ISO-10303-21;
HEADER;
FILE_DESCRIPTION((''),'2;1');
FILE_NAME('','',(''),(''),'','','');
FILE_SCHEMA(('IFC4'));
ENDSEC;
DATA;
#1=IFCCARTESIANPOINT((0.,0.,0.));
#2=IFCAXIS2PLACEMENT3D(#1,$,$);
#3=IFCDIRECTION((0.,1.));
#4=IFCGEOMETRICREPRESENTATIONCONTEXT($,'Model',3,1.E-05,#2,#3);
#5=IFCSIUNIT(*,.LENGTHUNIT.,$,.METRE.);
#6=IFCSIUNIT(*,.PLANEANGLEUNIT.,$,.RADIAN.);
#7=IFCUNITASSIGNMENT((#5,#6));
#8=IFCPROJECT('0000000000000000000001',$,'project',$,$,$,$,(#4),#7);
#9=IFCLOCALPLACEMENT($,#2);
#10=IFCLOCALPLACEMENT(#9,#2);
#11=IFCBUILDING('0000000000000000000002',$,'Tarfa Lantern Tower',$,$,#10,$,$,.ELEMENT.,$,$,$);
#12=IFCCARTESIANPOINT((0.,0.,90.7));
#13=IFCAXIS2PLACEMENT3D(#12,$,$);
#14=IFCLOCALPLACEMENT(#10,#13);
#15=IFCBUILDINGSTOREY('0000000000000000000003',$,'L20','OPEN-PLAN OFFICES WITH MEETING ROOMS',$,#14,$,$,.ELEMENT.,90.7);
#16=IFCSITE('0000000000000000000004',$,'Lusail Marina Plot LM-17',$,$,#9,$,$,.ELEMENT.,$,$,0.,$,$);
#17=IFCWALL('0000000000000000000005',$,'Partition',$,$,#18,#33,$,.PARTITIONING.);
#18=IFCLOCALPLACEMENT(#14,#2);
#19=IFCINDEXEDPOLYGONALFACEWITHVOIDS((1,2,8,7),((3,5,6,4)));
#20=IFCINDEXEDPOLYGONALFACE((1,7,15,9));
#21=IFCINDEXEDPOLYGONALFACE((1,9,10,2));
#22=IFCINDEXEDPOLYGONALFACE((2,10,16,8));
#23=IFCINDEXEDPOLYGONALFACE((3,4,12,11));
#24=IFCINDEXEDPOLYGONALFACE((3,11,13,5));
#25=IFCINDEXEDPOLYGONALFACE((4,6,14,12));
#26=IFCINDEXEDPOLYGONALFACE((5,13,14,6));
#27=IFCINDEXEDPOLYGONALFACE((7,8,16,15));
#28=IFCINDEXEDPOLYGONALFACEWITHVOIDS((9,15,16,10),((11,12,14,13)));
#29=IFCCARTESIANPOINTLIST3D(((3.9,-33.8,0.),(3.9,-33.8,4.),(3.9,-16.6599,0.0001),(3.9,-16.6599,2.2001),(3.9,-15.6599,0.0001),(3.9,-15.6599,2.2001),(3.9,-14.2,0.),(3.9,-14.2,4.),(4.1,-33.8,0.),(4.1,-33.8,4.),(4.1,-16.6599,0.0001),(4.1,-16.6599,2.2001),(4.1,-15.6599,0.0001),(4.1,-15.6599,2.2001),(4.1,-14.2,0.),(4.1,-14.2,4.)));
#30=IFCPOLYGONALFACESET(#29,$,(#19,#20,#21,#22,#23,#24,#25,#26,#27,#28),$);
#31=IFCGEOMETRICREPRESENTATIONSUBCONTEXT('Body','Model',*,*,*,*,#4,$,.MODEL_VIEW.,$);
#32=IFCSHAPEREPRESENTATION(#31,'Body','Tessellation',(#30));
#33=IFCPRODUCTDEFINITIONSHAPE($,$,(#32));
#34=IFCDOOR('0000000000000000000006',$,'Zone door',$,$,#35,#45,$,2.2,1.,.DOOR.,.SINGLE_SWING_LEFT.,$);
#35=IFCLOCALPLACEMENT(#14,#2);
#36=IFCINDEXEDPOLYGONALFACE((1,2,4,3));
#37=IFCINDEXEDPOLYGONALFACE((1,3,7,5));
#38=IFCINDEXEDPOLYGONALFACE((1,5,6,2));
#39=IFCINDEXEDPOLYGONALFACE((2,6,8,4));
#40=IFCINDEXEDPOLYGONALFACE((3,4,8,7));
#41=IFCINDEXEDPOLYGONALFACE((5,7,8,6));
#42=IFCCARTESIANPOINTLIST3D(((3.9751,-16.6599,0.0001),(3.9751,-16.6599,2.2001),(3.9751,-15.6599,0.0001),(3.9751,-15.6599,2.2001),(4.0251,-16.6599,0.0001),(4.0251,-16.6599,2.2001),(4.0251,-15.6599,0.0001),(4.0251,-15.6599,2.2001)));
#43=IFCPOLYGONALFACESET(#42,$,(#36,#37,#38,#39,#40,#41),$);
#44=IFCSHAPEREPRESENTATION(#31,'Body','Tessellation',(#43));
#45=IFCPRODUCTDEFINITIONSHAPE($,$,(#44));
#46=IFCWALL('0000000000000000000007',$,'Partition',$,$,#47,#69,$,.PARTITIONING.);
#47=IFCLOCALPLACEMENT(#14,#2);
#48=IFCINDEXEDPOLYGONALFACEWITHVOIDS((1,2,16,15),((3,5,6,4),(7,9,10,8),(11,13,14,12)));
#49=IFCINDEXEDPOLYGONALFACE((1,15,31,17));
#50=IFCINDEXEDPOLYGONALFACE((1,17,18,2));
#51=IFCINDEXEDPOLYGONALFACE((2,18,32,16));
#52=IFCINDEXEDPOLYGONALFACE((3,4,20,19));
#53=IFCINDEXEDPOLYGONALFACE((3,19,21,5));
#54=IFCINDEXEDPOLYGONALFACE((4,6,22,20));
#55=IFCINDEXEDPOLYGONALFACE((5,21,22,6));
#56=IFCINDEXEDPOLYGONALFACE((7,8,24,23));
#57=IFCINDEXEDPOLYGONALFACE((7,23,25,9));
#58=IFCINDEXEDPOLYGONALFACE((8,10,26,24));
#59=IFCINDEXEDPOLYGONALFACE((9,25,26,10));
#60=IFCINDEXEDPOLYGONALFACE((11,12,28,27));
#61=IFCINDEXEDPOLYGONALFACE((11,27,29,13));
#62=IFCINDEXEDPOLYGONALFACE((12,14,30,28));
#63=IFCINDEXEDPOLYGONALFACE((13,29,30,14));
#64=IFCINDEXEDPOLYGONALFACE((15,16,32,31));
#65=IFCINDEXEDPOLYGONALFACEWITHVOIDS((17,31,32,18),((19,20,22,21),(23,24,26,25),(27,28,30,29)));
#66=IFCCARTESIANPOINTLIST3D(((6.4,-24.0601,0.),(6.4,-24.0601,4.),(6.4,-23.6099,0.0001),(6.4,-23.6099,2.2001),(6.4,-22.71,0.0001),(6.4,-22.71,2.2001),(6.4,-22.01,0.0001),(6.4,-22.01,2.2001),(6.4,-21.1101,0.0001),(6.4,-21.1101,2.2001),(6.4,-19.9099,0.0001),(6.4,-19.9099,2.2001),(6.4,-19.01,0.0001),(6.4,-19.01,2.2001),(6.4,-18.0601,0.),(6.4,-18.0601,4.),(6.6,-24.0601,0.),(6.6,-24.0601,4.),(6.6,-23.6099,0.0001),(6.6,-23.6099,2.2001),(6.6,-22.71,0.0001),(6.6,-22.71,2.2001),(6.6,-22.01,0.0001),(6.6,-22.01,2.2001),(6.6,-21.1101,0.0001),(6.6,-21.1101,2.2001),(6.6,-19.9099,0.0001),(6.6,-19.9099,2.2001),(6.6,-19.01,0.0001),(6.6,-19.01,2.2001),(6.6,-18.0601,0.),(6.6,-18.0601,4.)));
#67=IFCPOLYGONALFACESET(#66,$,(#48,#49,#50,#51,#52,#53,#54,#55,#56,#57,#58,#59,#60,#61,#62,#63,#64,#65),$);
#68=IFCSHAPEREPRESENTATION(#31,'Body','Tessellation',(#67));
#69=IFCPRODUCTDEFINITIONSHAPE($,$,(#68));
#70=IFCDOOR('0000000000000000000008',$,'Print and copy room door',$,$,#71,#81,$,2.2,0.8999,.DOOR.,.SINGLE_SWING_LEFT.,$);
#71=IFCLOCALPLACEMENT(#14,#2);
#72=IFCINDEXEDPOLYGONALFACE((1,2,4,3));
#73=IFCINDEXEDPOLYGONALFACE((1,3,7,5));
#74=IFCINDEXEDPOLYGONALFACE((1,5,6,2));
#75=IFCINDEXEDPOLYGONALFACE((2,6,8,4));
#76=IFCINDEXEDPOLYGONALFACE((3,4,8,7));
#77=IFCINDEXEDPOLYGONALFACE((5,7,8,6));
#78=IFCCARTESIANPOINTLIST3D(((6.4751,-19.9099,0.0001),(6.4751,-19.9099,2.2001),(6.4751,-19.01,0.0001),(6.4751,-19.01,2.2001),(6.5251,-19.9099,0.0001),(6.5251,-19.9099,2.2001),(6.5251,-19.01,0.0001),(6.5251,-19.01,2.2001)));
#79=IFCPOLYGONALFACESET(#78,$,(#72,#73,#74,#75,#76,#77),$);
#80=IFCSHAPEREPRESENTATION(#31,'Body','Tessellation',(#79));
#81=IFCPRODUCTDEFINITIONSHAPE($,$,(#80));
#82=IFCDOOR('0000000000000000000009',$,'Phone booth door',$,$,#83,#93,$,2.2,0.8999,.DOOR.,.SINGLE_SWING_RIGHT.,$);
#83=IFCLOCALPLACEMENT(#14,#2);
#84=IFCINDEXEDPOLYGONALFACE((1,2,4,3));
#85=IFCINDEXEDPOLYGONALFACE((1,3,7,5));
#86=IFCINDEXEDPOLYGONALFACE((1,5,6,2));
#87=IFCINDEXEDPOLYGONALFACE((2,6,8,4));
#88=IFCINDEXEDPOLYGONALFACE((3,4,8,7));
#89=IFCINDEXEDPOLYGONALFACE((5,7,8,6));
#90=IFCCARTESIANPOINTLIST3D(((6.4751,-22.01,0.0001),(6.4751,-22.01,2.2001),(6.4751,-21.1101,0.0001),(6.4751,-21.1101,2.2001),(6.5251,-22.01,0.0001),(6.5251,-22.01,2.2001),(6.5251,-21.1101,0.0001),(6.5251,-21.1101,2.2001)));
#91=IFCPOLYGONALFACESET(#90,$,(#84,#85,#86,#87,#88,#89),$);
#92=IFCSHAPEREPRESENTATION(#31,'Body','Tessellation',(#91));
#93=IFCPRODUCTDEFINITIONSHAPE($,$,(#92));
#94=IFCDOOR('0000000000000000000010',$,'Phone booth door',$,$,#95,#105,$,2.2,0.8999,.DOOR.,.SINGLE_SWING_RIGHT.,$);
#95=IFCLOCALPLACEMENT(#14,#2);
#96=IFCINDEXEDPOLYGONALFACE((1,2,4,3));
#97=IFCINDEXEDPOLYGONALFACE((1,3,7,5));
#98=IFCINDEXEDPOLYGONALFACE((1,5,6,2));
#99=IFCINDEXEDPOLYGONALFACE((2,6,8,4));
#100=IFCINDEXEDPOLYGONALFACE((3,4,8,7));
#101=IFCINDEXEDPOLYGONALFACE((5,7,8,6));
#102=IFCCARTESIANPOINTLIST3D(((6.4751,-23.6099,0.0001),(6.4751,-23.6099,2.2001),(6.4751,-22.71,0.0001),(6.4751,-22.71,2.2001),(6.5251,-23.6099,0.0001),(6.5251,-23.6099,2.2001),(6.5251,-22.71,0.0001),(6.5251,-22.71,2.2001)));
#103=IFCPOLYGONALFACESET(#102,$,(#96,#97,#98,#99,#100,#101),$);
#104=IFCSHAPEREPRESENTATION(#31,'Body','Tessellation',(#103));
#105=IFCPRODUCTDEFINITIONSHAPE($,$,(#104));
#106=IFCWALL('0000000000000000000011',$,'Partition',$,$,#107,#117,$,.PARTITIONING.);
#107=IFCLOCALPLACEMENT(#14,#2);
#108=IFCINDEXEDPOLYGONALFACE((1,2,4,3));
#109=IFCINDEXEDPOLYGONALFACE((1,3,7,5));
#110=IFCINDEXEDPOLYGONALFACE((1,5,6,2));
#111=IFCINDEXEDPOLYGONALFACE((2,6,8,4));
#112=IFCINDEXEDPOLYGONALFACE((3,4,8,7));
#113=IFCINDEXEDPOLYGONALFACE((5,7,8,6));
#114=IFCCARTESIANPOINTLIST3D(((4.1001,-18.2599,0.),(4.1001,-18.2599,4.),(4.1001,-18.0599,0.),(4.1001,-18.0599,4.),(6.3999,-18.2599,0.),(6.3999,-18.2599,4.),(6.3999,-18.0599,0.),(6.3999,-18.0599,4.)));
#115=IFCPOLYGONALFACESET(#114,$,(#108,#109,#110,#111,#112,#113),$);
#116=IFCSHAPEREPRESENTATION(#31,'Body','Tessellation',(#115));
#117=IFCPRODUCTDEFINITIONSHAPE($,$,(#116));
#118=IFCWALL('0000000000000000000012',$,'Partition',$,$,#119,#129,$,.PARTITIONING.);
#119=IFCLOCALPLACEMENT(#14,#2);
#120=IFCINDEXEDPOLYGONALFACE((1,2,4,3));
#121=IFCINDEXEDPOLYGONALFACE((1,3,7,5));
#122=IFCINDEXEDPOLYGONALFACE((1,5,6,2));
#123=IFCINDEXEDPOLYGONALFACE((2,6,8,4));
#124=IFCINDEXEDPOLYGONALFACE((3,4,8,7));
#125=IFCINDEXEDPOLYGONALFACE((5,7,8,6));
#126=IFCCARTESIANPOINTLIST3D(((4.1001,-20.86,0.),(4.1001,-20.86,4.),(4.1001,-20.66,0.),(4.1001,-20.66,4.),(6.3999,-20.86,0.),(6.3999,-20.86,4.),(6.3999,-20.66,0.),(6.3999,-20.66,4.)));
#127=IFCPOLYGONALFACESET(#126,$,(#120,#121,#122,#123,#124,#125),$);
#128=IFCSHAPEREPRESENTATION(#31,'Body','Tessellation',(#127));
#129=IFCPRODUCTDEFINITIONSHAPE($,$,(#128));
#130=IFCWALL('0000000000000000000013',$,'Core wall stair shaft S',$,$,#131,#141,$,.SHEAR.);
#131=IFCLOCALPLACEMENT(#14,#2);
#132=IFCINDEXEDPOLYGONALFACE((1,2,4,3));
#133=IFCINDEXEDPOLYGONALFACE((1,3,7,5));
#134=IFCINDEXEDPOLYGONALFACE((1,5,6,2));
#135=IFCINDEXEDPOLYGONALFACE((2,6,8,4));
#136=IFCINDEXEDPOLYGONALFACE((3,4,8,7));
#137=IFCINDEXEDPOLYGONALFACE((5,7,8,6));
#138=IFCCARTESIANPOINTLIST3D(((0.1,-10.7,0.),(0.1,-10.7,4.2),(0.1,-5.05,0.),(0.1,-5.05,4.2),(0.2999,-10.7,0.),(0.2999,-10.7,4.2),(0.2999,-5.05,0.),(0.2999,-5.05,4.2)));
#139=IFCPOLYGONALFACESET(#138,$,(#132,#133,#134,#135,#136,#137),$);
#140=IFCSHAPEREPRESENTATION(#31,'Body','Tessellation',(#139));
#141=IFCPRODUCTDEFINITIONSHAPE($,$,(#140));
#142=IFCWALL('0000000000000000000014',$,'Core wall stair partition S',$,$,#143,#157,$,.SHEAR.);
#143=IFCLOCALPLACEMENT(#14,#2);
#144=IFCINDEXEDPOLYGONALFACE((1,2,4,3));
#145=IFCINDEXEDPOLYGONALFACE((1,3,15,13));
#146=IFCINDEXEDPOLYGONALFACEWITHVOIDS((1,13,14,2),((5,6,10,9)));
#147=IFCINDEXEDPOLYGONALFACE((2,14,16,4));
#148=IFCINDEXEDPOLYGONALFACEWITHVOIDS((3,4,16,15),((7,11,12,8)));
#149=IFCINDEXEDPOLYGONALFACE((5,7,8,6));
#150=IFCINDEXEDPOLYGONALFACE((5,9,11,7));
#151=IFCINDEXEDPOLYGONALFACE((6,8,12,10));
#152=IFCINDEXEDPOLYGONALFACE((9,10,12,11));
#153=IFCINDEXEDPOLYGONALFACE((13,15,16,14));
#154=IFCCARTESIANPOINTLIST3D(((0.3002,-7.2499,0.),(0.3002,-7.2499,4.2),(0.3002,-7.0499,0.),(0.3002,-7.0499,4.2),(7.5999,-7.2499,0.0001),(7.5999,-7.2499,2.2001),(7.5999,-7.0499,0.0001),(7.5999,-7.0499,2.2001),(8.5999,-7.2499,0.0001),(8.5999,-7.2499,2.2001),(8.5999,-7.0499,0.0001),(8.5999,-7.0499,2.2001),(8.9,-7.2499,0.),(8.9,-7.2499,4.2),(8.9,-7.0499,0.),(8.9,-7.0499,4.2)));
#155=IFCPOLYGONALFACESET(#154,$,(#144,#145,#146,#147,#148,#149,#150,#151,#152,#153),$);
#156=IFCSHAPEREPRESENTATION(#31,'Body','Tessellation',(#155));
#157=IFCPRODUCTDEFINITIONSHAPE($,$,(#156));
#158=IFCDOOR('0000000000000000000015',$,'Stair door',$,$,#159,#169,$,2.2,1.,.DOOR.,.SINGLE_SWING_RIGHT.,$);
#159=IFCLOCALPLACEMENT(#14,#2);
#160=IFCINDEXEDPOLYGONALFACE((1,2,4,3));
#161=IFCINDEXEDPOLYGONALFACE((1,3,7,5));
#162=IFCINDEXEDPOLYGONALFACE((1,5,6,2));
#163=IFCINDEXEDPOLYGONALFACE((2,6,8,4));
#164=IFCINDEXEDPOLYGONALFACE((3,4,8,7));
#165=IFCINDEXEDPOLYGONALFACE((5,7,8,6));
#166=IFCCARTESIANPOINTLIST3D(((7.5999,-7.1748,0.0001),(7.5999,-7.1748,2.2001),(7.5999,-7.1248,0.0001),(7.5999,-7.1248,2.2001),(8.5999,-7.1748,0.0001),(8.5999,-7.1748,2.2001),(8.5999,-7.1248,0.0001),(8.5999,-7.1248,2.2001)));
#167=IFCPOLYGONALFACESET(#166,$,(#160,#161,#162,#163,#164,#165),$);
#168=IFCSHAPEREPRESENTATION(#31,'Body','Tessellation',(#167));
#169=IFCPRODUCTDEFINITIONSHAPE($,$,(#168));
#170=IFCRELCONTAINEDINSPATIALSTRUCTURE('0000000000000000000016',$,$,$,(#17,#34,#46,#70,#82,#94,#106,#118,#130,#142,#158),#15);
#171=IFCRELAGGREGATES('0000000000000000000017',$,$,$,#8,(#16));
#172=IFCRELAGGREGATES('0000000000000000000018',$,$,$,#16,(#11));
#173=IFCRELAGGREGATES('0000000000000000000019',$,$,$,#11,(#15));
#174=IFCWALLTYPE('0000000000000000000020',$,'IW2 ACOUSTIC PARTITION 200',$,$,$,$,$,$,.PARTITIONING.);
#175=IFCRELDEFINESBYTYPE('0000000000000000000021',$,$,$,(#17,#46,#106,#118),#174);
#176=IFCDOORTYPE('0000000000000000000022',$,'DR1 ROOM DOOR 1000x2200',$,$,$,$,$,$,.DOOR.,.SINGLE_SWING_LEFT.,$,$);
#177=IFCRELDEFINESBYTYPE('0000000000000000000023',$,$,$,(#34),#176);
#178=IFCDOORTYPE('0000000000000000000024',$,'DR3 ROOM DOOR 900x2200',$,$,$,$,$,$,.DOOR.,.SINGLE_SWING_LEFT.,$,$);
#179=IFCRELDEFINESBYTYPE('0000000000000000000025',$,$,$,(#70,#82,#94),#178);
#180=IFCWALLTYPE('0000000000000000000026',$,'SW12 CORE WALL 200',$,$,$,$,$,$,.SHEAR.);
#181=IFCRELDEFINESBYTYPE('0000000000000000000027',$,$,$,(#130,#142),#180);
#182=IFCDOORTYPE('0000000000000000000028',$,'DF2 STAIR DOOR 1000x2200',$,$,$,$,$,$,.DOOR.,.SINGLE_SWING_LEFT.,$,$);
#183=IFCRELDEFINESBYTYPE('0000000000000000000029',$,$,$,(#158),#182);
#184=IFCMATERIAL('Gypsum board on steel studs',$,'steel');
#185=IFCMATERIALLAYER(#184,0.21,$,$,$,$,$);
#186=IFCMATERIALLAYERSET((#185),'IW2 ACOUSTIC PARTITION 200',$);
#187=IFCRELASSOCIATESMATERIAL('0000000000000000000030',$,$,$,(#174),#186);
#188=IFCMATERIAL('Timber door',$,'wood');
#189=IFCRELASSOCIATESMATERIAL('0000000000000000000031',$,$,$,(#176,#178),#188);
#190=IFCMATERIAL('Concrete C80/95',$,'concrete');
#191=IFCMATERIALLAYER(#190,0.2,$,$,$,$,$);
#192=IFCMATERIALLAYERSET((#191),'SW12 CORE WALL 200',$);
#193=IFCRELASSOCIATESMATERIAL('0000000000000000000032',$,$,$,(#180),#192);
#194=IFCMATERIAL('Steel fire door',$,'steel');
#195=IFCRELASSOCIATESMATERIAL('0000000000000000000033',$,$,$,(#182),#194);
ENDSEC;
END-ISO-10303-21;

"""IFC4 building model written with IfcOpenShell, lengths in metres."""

from ifc_helpers import new_model, si_unit, direction, frame, frame_2d, origin, place, context, subcontext, project, spatial, rectangle, extrude, material, layer, layer_set, type_object, element, fill, save


model = new_model("IFC4")

# Units and contexts
model_context = context("Model", 3, precision=1e-05, world=origin(), true_north=direction((0.0, 1.0)))
body_context = subcontext(model_context, "Body", "Model", "MODEL_VIEW")
ifc_project = project(units=[si_unit("LENGTHUNIT", "METRE"), si_unit("PLANEANGLEUNIT", "RADIAN")], contexts=[model_context])

# Site, building, storey
site_placement = place(None, origin())
site = spatial("IfcSite", under=ifc_project, at=site_placement, Name="Lusail Marina Plot LM-17", CompositionType="ELEMENT", RefElevation=0.0)
building_placement = place(site_placement, origin())
building = spatial("IfcBuilding", under=site, at=building_placement, Name="Tarfa Lantern Tower", CompositionType="ELEMENT")
storey_placement = place(building_placement, frame((0.0, 0.0, 90.7)))
storey = spatial("IfcBuildingStorey", under=building, at=storey_placement, Name="L20", Description="OPEN-PLAN OFFICES WITH MEETING ROOMS", CompositionType="ELEMENT", Elevation=90.7)

# Wall, opening, door
ifc_material_1 = material(Name="Gypsum board on steel studs", Category="steel")
ifc_layer_1 = layer(ifc_material_1, 0.21)
ifc_layer_set_1 = layer_set([ifc_layer_1], Name="IW2 ACOUSTIC PARTITION 200")
wall_type_1 = type_object("IfcWallType", Name="IW2 ACOUSTIC PARTITION 200", PredefinedType="PARTITIONING", material=ifc_layer_set_1)
wall_1_placement = place(storey_placement, frame((4.0, -14.2, 0.0), z_axis=(0.0, 0.0, 1.0), x_axis=(0.0, -1.0, 0.0)))
wall_1 = element("IfcWall", 1, at=wall_1_placement, inside=storey, type_object=wall_type_1, Name="Partition", PredefinedType="PARTITIONING", context=body_context, shape_type="SweptSolid", body=[
    extrude(rectangle(XDim=19.6001, YDim=0.2, at=frame_2d((9.8, 0.0))), origin(), (0.0, 0.0, 1.0), 4.0),
])
opening_1_placement = place(wall_1_placement, frame((1.46, 0.0, 0.0)))
opening_1 = element("IfcOpeningElement", 2, at=opening_1_placement, cuts=wall_1, PredefinedType="OPENING", context=body_context, shape_type="SweptSolid", body=[
    extrude(rectangle(XDim=1.0, YDim=2.2, at=frame_2d((0.5, 1.1001))), frame((0.0, 0.1099, 0.0), z_axis=(0.0, -1.0, 0.0), x_axis=(1.0, 0.0, 0.0)), (0.0, 0.0, 1.0), 0.22),
])
ifc_material_2 = material(Name="Timber door", Category="wood")
door_type_1 = type_object("IfcDoorType", Name="DR1 ROOM DOOR 1000x2200", OperationType="SINGLE_SWING_LEFT", PredefinedType="DOOR", material=ifc_material_2)
door_1_placement = place(opening_1_placement, frame((1.0, 0.0, 0.0), z_axis=(0.0, 0.0, 1.0), x_axis=(-1.0, 0.0, 0.0)))
door_1 = element("IfcDoor", 3, at=door_1_placement, inside=storey, type_object=door_type_1, Name="Zone door", OperationType="SINGLE_SWING_LEFT", OverallHeight=2.2, OverallWidth=1.0, PredefinedType="DOOR", context=body_context, shape_type="SweptSolid", body=[
    extrude(rectangle(XDim=1.0, YDim=2.2, at=frame_2d((0.5, 1.1001))), frame((0.0, 0.0249, 0.0), z_axis=(0.0, -1.0, 0.0), x_axis=(1.0, 0.0, 0.0)), (0.0, 0.0, 1.0), 0.05),
])
fill(opening_1, door_1)

# Wall, openings, doors
wall_2_placement = place(storey_placement, frame((6.5, -18.0601, 0.0), z_axis=(0.0, 0.0, 1.0), x_axis=(0.0, -1.0, 0.0)))
wall_2 = element("IfcWall", 4, at=wall_2_placement, inside=storey, type_object=wall_type_1, Name="Partition", PredefinedType="PARTITIONING", context=body_context, shape_type="SweptSolid", body=[
    extrude(rectangle(XDim=6.0, YDim=0.2, at=frame_2d((3.0, 0.0))), origin(), (0.0, 0.0, 1.0), 4.0),
])
opening_2_placement = place(wall_2_placement, frame((0.95, 0.0, 0.0)))
opening_2 = element("IfcOpeningElement", 5, at=opening_2_placement, cuts=wall_2, PredefinedType="OPENING", context=body_context, shape_type="SweptSolid", body=[
    extrude(rectangle(XDim=0.8999, YDim=2.2, at=frame_2d((0.45, 1.1001))), frame((0.0, 0.1099, 0.0), z_axis=(0.0, -1.0, 0.0), x_axis=(1.0, 0.0, 0.0)), (0.0, 0.0, 1.0), 0.22),
])
opening_3_placement = place(wall_2_placement, frame((3.05, 0.0, 0.0)))
opening_3 = element("IfcOpeningElement", 6, at=opening_3_placement, cuts=wall_2, PredefinedType="OPENING", context=body_context, shape_type="SweptSolid", body=[
    extrude(rectangle(XDim=0.8999, YDim=2.2, at=frame_2d((0.45, 1.1001))), frame((0.0, 0.1099, 0.0), z_axis=(0.0, -1.0, 0.0), x_axis=(1.0, 0.0, 0.0)), (0.0, 0.0, 1.0), 0.22),
])
opening_4_placement = place(wall_2_placement, frame((4.6499, 0.0, 0.0)))
opening_4 = element("IfcOpeningElement", 7, at=opening_4_placement, cuts=wall_2, PredefinedType="OPENING", context=body_context, shape_type="SweptSolid", body=[
    extrude(rectangle(XDim=0.8999, YDim=2.2, at=frame_2d((0.45, 1.1001))), frame((0.0, 0.1099, 0.0), z_axis=(0.0, -1.0, 0.0), x_axis=(1.0, 0.0, 0.0)), (0.0, 0.0, 1.0), 0.22),
])
door_type_2 = type_object("IfcDoorType", Name="DR3 ROOM DOOR 900x2200", OperationType="SINGLE_SWING_LEFT", PredefinedType="DOOR", material=ifc_material_2)
door_2_placement = place(opening_2_placement, frame((0.8999, 0.0, 0.0), z_axis=(0.0, 0.0, 1.0), x_axis=(-1.0, 0.0, 0.0)))
door_2 = element("IfcDoor", 8, at=door_2_placement, inside=storey, type_object=door_type_2, Name="Print and copy room door", OperationType="SINGLE_SWING_LEFT", OverallHeight=2.2, OverallWidth=0.8999, PredefinedType="DOOR", context=body_context, shape_type="SweptSolid", body=[
    extrude(rectangle(XDim=0.8999, YDim=2.2, at=frame_2d((0.45, 1.1001))), frame((0.0, 0.0249, 0.0), z_axis=(0.0, -1.0, 0.0), x_axis=(1.0, 0.0, 0.0)), (0.0, 0.0, 1.0), 0.05),
])
fill(opening_2, door_2)
door_3_placement = place(opening_3_placement, frame((0.8999, 0.0, 0.0), z_axis=(0.0, 0.0, 1.0), x_axis=(-1.0, 0.0, 0.0)))
door_3 = element("IfcDoor", 9, at=door_3_placement, inside=storey, type_object=door_type_2, Name="Phone booth door", OperationType="SINGLE_SWING_RIGHT", OverallHeight=2.2, OverallWidth=0.8999, PredefinedType="DOOR", context=body_context, shape_type="SweptSolid", body=[
    extrude(rectangle(XDim=0.8999, YDim=2.2, at=frame_2d((0.45, 1.1001))), frame((0.0, 0.0249, 0.0), z_axis=(0.0, -1.0, 0.0), x_axis=(1.0, 0.0, 0.0)), (0.0, 0.0, 1.0), 0.05),
])
fill(opening_3, door_3)
door_4_placement = place(opening_4_placement, frame((0.8999, 0.0, 0.0), z_axis=(0.0, 0.0, 1.0), x_axis=(-1.0, 0.0, 0.0)))
door_4 = element("IfcDoor", 10, at=door_4_placement, inside=storey, type_object=door_type_2, Name="Phone booth door", OperationType="SINGLE_SWING_RIGHT", OverallHeight=2.2, OverallWidth=0.8999, PredefinedType="DOOR", context=body_context, shape_type="SweptSolid", body=[
    extrude(rectangle(XDim=0.8999, YDim=2.2, at=frame_2d((0.45, 1.1001))), frame((0.0, 0.0249, 0.0), z_axis=(0.0, -1.0, 0.0), x_axis=(1.0, 0.0, 0.0)), (0.0, 0.0, 1.0), 0.05),
])
fill(opening_4, door_4)

# Walls
for number, where, z_axis, x_axis, name in (
    (11, (4.1001, -18.1599, 0.0), (0.0, 0.0, 1.0), (1.0, 0.0, 0.0), "Partition"),
    (12, (4.1001, -20.76, 0.0), (0.0, 0.0, 1.0), (1.0, 0.0, 0.0), "Partition"),
):
    element("IfcWall", number, at=place(storey_placement, frame(where, z_axis=z_axis, x_axis=x_axis)), inside=storey, type_object=wall_type_1, Name=name, PredefinedType="PARTITIONING", context=body_context, shape_type="SweptSolid", body=[
        extrude(rectangle(XDim=2.2998, YDim=0.2, at=frame_2d((1.1499, 0.0))), origin(), (0.0, 0.0, 1.0), 4.0),
    ])
ifc_material_3 = material(Name="Concrete C80/95", Category="concrete")
ifc_layer_2 = layer(ifc_material_3, 0.2)
ifc_layer_set_2 = layer_set([ifc_layer_2], Name="SW12 CORE WALL 200")
wall_type_2 = type_object("IfcWallType", Name="SW12 CORE WALL 200", PredefinedType="SHEAR", material=ifc_layer_set_2)
wall_3_placement = place(storey_placement, frame((0.2, -5.05, 0.0), z_axis=(0.0, 0.0, 1.0), x_axis=(0.0, -1.0, 0.0)))
element("IfcWall", 13, at=wall_3_placement, inside=storey, type_object=wall_type_2, Name="Core wall stair shaft S", PredefinedType="SHEAR", context=body_context, shape_type="SweptSolid", body=[
    extrude(rectangle(XDim=5.6499, YDim=0.2, at=frame_2d((2.825, 0.0))), origin(), (0.0, 0.0, 1.0), 4.2),
])

# Wall, opening, door
wall_4_placement = place(storey_placement, frame((8.8999, -7.1499, 0.0), z_axis=(0.0, 0.0, 1.0), x_axis=(-1.0, 0.0, 0.0)))
wall_4 = element("IfcWall", 14, at=wall_4_placement, inside=storey, type_object=wall_type_2, Name="Core wall stair partition S", PredefinedType="SHEAR", context=body_context, shape_type="SweptSolid", body=[
    extrude(rectangle(XDim=8.5999, YDim=0.2, at=frame_2d((4.2998, 0.0))), origin(), (0.0, 0.0, 1.0), 4.2),
])
opening_5_placement = place(wall_4_placement, frame((0.3, 0.0, 0.0)))
opening_5 = element("IfcOpeningElement", 15, at=opening_5_placement, cuts=wall_4, PredefinedType="OPENING", context=body_context, shape_type="SweptSolid", body=[
    extrude(rectangle(XDim=1.0, YDim=2.2, at=frame_2d((0.5, 1.1001))), frame((0.0, 0.1099, 0.0), z_axis=(0.0, -1.0, 0.0), x_axis=(1.0, 0.0, 0.0)), (0.0, 0.0, 1.0), 0.22),
])
ifc_material_4 = material(Name="Steel fire door", Category="steel")
door_type_3 = type_object("IfcDoorType", Name="DF2 STAIR DOOR 1000x2200", OperationType="SINGLE_SWING_LEFT", PredefinedType="DOOR", material=ifc_material_4)
door_5_placement = place(opening_5_placement, origin())
door_5 = element("IfcDoor", 16, at=door_5_placement, inside=storey, type_object=door_type_3, Name="Stair door", OperationType="SINGLE_SWING_RIGHT", OverallHeight=2.2, OverallWidth=1.0, PredefinedType="DOOR", context=body_context, shape_type="SweptSolid", body=[
    extrude(rectangle(XDim=1.0, YDim=2.2, at=frame_2d((0.5, 1.1001))), frame((0.0, 0.0249, 0.0), z_axis=(0.0, -1.0, 0.0), x_axis=(1.0, 0.0, 0.0)), (0.0, 0.0, 1.0), 0.05),
])
fill(opening_5, door_5)

save(model, "model.ifc")
